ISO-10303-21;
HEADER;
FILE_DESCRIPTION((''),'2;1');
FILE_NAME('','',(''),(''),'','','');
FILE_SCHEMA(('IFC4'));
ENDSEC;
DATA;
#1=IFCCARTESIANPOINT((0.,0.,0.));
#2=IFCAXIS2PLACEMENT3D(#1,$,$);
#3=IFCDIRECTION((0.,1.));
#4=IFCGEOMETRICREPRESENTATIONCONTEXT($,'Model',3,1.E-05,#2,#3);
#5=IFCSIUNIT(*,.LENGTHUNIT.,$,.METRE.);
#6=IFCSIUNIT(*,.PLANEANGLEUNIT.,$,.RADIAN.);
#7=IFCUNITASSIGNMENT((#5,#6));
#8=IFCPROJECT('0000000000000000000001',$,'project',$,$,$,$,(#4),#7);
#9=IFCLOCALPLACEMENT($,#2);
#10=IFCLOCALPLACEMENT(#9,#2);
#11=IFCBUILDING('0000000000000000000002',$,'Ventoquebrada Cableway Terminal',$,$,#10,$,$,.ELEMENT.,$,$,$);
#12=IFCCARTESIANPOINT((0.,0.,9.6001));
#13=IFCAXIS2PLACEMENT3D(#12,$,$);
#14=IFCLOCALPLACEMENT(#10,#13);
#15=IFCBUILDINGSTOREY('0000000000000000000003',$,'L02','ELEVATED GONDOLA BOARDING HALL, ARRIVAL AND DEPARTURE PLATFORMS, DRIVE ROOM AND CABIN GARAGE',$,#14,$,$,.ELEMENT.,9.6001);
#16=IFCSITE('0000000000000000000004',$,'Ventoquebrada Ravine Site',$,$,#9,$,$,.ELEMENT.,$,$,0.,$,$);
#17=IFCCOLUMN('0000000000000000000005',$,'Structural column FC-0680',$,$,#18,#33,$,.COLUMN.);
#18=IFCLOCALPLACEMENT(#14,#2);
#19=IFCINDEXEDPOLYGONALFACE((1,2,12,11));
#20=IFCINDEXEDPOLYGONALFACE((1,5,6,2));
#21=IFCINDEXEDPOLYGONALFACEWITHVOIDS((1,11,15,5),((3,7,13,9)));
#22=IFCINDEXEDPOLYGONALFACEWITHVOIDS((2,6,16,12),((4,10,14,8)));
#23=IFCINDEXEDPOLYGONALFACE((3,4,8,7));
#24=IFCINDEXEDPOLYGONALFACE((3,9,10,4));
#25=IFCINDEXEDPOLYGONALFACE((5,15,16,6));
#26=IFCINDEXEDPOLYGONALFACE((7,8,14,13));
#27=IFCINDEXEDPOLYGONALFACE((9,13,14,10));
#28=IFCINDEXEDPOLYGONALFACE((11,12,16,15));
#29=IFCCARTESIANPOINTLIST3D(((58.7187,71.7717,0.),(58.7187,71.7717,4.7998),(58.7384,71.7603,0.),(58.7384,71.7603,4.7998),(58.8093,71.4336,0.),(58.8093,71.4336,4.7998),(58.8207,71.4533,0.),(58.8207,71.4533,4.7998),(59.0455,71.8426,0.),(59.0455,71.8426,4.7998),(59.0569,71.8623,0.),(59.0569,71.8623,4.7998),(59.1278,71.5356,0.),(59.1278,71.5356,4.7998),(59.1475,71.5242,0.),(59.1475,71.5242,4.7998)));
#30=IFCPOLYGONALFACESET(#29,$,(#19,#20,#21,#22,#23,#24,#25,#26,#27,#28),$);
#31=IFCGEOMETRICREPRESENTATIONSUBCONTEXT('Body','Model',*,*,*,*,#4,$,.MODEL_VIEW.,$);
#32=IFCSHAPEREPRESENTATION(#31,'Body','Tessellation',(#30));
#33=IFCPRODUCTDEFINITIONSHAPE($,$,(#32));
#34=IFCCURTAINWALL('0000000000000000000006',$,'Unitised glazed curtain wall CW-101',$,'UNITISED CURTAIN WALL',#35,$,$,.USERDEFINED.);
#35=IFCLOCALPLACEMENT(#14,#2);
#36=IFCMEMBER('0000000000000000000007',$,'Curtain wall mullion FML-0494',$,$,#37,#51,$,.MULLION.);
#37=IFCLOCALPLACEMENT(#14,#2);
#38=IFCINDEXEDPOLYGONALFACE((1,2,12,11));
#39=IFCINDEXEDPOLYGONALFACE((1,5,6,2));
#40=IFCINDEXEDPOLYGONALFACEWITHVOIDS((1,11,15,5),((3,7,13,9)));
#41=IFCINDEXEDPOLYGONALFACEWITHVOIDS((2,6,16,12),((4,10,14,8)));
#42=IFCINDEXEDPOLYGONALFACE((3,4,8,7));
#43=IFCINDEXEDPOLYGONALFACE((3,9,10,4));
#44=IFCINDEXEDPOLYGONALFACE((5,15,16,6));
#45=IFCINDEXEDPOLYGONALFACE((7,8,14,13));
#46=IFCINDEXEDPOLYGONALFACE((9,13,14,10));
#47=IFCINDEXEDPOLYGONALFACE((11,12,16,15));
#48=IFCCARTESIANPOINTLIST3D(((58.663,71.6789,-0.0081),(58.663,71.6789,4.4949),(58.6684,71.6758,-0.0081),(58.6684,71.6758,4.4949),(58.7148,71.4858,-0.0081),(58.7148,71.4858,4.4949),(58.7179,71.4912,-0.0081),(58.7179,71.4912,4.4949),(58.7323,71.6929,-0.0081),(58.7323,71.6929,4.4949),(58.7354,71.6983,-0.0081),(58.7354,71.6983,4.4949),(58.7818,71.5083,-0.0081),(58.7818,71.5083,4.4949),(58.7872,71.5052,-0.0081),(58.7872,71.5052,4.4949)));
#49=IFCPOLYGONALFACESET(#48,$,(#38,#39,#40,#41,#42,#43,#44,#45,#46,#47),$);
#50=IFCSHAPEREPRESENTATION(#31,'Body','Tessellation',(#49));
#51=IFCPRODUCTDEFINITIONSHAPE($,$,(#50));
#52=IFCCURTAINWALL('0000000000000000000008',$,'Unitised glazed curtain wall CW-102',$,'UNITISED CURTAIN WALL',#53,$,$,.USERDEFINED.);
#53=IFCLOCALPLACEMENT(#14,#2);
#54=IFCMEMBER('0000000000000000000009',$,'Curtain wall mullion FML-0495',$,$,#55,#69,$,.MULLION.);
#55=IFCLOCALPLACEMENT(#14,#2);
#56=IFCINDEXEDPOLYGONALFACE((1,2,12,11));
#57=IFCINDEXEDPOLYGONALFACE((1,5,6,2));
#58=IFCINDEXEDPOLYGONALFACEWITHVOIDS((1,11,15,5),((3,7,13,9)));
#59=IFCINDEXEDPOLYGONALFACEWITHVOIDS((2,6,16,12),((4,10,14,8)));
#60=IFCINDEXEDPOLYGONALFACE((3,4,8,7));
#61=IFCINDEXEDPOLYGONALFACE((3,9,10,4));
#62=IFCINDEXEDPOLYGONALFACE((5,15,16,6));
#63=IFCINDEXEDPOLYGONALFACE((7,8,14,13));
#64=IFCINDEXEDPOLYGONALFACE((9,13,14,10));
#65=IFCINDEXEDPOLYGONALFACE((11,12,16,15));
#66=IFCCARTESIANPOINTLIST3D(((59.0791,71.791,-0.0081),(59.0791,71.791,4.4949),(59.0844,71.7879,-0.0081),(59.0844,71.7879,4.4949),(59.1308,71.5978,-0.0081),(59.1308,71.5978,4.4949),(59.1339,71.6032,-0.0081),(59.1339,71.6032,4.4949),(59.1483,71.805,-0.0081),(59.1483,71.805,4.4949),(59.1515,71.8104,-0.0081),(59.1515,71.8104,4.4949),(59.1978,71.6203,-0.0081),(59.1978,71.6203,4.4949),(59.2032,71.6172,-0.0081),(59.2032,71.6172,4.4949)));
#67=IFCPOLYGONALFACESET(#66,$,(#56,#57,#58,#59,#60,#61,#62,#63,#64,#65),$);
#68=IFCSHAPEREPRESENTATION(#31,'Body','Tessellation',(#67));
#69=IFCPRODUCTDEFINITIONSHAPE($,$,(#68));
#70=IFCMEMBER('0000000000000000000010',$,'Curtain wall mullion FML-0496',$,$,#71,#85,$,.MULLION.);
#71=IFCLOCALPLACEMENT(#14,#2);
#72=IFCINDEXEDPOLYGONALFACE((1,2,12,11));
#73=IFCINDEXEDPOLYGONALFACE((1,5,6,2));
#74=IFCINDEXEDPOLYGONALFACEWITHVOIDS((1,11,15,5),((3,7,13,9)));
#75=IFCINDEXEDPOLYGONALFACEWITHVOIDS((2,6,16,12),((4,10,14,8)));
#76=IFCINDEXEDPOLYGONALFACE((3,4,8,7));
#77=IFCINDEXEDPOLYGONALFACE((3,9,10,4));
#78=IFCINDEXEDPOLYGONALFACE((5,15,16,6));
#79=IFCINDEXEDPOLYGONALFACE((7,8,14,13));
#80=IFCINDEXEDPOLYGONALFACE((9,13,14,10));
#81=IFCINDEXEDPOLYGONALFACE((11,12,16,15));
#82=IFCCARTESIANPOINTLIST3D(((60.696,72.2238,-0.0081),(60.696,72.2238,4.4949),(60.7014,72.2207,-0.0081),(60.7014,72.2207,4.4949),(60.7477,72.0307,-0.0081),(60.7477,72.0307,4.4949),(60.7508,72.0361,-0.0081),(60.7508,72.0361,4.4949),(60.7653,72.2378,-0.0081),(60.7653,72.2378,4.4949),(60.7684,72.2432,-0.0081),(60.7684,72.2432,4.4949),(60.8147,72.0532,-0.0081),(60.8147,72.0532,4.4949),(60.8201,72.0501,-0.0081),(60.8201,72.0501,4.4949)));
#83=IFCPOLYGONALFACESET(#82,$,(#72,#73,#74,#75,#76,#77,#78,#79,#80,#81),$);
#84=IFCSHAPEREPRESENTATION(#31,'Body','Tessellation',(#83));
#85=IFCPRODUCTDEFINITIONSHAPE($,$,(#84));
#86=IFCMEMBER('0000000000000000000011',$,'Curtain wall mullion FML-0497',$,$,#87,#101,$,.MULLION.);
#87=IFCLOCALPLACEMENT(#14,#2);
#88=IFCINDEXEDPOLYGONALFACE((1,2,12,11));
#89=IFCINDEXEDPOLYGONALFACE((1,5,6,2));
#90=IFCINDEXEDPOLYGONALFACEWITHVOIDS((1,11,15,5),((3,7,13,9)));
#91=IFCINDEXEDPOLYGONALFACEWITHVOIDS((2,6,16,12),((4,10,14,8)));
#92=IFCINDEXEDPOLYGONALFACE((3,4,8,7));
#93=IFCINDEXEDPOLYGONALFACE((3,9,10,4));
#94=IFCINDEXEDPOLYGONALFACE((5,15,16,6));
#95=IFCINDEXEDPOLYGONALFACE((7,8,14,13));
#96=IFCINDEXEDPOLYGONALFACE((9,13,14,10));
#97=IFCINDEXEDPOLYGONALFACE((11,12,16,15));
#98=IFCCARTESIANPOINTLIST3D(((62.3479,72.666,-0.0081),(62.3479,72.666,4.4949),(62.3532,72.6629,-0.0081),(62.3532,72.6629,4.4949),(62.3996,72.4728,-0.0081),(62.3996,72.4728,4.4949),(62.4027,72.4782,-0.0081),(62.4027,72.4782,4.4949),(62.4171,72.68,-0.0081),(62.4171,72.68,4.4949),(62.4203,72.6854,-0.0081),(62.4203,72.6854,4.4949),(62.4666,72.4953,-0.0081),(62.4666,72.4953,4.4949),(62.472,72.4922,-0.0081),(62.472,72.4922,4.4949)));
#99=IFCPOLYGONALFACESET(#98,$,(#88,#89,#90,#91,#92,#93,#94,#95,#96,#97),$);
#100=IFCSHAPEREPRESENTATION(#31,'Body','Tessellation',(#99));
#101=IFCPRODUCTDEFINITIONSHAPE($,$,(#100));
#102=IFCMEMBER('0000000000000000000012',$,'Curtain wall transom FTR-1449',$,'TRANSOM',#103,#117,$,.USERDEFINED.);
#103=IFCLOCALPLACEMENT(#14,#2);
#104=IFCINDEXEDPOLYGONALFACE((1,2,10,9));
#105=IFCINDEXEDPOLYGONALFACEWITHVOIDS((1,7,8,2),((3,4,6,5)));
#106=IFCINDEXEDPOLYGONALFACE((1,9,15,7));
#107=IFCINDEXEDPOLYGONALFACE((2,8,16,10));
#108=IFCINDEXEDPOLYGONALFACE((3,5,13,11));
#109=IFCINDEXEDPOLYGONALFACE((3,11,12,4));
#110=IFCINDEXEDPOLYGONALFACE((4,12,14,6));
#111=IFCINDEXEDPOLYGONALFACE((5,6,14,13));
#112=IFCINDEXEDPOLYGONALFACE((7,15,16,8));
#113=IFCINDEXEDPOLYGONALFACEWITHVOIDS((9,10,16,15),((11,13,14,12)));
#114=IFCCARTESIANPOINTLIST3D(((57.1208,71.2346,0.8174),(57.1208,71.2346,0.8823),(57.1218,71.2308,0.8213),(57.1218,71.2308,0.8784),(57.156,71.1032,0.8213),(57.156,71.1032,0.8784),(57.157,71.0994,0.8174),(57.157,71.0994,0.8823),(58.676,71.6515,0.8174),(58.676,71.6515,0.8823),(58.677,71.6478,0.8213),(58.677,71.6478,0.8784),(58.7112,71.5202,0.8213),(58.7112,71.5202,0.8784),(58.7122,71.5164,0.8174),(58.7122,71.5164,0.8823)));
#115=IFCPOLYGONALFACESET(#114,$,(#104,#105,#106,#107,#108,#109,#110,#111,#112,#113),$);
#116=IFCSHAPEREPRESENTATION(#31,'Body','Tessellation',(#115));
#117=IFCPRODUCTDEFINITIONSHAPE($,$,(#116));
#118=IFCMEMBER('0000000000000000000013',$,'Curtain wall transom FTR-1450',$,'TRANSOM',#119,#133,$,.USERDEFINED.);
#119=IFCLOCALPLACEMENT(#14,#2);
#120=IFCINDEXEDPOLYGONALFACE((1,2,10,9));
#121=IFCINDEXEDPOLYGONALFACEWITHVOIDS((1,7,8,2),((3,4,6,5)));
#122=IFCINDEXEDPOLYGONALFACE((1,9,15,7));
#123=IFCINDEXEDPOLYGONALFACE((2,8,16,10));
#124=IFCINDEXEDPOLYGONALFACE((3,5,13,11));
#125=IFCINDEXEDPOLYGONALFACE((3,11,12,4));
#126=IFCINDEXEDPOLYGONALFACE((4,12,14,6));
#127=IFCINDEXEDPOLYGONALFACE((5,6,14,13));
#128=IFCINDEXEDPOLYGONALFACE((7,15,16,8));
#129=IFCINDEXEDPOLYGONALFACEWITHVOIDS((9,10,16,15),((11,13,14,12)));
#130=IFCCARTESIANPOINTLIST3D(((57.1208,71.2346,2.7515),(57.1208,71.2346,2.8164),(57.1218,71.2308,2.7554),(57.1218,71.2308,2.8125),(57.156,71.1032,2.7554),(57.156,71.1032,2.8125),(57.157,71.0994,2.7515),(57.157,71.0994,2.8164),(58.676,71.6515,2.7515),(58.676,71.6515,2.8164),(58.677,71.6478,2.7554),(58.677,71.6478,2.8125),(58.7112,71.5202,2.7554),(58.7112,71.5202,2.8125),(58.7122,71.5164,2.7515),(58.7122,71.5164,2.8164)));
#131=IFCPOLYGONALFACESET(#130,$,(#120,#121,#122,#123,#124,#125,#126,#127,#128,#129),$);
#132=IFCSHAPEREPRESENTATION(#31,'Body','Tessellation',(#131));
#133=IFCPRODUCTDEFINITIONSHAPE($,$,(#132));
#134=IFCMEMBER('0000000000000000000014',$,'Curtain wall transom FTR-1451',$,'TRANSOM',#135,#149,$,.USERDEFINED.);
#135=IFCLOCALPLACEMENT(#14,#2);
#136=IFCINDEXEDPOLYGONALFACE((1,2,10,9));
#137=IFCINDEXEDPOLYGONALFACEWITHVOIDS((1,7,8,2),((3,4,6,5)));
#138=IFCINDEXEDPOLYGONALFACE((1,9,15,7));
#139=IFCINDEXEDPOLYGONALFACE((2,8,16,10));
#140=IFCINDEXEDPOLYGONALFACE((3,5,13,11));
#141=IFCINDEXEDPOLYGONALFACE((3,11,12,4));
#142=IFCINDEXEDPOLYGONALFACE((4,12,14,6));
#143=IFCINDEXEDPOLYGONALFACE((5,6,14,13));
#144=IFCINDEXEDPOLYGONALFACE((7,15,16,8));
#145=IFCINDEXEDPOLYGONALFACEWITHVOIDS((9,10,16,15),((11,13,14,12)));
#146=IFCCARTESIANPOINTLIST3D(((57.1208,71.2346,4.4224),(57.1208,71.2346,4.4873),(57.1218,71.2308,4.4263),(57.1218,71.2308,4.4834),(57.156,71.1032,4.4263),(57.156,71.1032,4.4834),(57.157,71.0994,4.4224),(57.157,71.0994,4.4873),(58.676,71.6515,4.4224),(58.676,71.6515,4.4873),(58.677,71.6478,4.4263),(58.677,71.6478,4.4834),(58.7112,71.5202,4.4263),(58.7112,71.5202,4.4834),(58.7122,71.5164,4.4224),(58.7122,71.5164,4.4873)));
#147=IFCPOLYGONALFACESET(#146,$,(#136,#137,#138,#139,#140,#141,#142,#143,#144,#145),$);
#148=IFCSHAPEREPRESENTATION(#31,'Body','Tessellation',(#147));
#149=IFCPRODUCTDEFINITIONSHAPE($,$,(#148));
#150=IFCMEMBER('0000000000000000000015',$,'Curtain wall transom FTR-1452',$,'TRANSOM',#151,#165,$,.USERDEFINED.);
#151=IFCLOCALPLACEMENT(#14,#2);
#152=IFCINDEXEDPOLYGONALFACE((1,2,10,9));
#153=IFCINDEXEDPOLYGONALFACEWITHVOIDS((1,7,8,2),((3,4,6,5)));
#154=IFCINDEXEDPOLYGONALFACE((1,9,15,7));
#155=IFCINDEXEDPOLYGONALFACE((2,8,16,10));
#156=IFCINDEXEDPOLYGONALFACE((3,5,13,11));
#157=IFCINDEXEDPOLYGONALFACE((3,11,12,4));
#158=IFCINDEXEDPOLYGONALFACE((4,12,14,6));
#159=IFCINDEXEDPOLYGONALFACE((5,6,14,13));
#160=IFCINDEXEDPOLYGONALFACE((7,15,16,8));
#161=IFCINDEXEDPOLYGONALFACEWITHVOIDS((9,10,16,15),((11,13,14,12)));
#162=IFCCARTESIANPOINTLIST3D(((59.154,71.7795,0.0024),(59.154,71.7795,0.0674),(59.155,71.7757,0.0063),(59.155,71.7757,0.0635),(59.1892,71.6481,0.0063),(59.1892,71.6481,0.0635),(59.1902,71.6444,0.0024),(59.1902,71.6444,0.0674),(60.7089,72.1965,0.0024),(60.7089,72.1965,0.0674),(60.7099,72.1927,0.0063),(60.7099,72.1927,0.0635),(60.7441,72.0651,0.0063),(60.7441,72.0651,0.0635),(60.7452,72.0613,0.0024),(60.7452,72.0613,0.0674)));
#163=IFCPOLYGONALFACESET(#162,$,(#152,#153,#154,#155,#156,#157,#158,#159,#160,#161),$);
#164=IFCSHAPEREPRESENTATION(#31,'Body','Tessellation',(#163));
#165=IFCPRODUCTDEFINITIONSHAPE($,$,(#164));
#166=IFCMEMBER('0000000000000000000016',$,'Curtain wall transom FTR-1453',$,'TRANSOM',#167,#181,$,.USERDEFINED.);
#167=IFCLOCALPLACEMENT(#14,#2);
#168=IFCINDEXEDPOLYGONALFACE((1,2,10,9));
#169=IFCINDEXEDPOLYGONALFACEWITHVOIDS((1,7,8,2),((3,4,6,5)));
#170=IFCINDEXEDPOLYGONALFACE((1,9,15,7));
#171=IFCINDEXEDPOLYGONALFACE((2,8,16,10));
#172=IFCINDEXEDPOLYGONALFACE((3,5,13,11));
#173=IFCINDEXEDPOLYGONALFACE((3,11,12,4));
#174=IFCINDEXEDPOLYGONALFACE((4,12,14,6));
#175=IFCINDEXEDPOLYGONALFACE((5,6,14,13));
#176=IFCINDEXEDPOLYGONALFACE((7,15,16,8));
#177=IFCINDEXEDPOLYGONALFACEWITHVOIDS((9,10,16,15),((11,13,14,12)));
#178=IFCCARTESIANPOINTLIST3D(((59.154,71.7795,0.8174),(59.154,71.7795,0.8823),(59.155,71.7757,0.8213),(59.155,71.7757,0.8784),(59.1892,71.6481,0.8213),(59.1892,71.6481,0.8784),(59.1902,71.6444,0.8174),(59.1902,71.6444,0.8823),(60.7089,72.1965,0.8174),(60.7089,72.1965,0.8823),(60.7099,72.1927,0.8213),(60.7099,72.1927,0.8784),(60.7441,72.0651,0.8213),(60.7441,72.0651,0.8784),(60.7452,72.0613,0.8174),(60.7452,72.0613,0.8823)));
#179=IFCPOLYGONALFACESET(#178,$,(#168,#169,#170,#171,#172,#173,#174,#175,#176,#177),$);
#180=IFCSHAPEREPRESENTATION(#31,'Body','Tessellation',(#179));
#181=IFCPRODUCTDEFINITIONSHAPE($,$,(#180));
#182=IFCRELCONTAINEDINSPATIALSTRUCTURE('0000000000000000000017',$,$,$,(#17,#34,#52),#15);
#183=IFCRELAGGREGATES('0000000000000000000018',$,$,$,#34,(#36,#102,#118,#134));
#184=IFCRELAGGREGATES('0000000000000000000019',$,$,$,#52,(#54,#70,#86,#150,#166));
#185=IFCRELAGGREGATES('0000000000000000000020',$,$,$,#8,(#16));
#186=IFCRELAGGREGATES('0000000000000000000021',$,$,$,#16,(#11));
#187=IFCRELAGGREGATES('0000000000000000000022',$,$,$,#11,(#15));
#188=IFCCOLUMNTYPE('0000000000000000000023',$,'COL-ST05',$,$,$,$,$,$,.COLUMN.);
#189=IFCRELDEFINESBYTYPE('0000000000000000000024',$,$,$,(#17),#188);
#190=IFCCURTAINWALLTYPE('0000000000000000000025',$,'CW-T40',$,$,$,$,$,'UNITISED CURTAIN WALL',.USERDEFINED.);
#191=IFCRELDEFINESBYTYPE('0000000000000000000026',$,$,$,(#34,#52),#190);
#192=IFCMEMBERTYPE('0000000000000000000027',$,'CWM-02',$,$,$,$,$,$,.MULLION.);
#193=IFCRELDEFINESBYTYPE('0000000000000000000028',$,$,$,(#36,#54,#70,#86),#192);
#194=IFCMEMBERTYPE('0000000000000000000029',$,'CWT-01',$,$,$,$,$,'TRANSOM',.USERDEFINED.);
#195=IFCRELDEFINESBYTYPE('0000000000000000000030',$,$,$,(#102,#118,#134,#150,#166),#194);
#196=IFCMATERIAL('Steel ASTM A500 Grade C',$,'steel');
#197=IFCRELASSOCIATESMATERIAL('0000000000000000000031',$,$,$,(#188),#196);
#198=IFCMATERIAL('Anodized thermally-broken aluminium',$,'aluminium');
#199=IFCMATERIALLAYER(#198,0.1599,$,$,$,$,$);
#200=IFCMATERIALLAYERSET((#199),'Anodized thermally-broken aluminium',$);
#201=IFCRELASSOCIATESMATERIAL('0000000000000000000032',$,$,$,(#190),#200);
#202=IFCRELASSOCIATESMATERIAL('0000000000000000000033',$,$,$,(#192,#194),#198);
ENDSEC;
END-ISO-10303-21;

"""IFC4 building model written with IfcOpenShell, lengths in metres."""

from ifc_helpers import new_model, si_unit, direction, frame, origin, origin_2d, place, context, subcontext, project, spatial, hollow_rectangle, extrude, material, layer, layer_set, material_profile, profile_set, type_object, element, aggregate, save


model = new_model("IFC4")

# Units and contexts
model_context = context("Model", 3, precision=1e-05, world=origin(), true_north=direction((0.0, 1.0)))
body_context = subcontext(model_context, "Body", "Model", "MODEL_VIEW")
ifc_project = project(units=[si_unit("LENGTHUNIT", "METRE"), si_unit("PLANEANGLEUNIT", "RADIAN")], contexts=[model_context])

# Site, building, storey
site_placement = place(None, origin())
site = spatial("IfcSite", under=ifc_project, at=site_placement, Name="Ventoquebrada Ravine Site", CompositionType="ELEMENT", RefElevation=0.0)
building_placement = place(site_placement, origin())
building = spatial("IfcBuilding", under=site, at=building_placement, Name="Ventoquebrada Cableway Terminal", CompositionType="ELEMENT")
storey_placement = place(building_placement, frame((0.0, 0.0, 9.6001)))
storey = spatial("IfcBuildingStorey", under=building, at=storey_placement, Name="L02", Description="ELEVATED GONDOLA BOARDING HALL, ARRIVAL AND DEPARTURE PLATFORMS, DRIVE ROOM AND CABIN GARAGE", CompositionType="ELEMENT", Elevation=9.6001)

# Column
ifc_material_1 = material(Name="Steel ASTM A500 Grade C", Category="steel")
ifc_material_profile_1 = material_profile(ifc_material_1, hollow_rectangle(XDim=0.3501, YDim=0.3501, WallThickness=0.0161, at=origin_2d()), Name="HSS350X350X16")
ifc_profile_set_1 = profile_set([ifc_material_profile_1], Name="Steel ASTM A500 Grade C")
column_type = type_object("IfcColumnType", Name="COL-ST05", PredefinedType="COLUMN", material=ifc_profile_set_1)
column_placement = place(storey_placement, frame((58.9331, 71.6479, 0.0), z_axis=(0.0, 0.0, 1.0), x_axis=(0.965926, 0.258819, 0.0)))
element("IfcColumn", 1, at=column_placement, inside=storey, type_object=column_type, Name="Structural column FC-0680", PredefinedType="COLUMN", context=body_context, shape_type="SweptSolid", body=[
    extrude(hollow_rectangle(XDim=0.3501, YDim=0.3501, WallThickness=0.0161, at=origin_2d()), origin(), (0.0, 0.0, 1.0), 4.7998),
])

# Curtain wall, member
ifc_material_2 = material(Name="Anodized thermally-broken aluminium", Category="aluminium")
ifc_layer_1 = layer(ifc_material_2, 0.1599)
ifc_layer_set_1 = layer_set([ifc_layer_1], Name="Anodized thermally-broken aluminium")
curtain_wall_type = type_object("IfcCurtainWallType", Name="CW-T40", ElementType="UNITISED CURTAIN WALL", PredefinedType="USERDEFINED", material=ifc_layer_set_1)
curtain_wall_1_placement = place(storey_placement, origin())
curtain_wall_1 = element("IfcCurtainWall", 2, at=curtain_wall_1_placement, inside=storey, type_object=curtain_wall_type, Name="Unitised glazed curtain wall CW-101", ObjectType="UNITISED CURTAIN WALL", PredefinedType="USERDEFINED")
ifc_material_profile_2 = material_profile(ifc_material_2, hollow_rectangle(XDim=0.075, YDim=0.2, WallThickness=0.0044, at=origin_2d()), Name="CW-MUL-75X200")
ifc_profile_set_2 = profile_set([ifc_material_profile_2], Name="Anodized thermally-broken aluminium")
member_type_1 = type_object("IfcMemberType", Name="CWM-02", PredefinedType="MULLION", material=ifc_profile_set_2)
member_1_placement = place(storey_placement, frame((58.7251, 71.592, -0.0081), z_axis=(0.0, 0.0, 1.0), x_axis=(0.965939, 0.258768, 0.0)))
member_1 = element("IfcMember", 3, at=member_1_placement, type_object=member_type_1, Name="Curtain wall mullion FML-0494", PredefinedType="MULLION", context=body_context, shape_type="SweptSolid", body=[
    extrude(hollow_rectangle(XDim=0.075, YDim=0.2, WallThickness=0.0044, at=origin_2d()), origin(), (0.0, 0.0, 1.0), 4.5029),
])

# Curtain wall, members
curtain_wall_2_placement = place(storey_placement, origin())
curtain_wall_2 = element("IfcCurtainWall", 4, at=curtain_wall_2_placement, inside=storey, type_object=curtain_wall_type, Name="Unitised glazed curtain wall CW-102", ObjectType="UNITISED CURTAIN WALL", PredefinedType="USERDEFINED")
member_2_placement = place(storey_placement, frame((59.1411, 71.7041, -0.0081), z_axis=(0.0, 0.0, 1.0), x_axis=(0.965966, 0.258667, 0.0)))
member_2 = element("IfcMember", 5, at=member_2_placement, type_object=member_type_1, Name="Curtain wall mullion FML-0495", PredefinedType="MULLION", context=body_context, shape_type="SweptSolid", body=[
    extrude(hollow_rectangle(XDim=0.075, YDim=0.2, WallThickness=0.0044, at=origin_2d()), origin(), (0.0, 0.0, 1.0), 4.5029),
])
member_3_placement = place(storey_placement, frame((60.7581, 72.137, -0.0081), z_axis=(0.0, 0.0, 1.0), x_axis=(0.965966, 0.258667, 0.0)))
member_3 = element("IfcMember", 6, at=member_3_placement, type_object=member_type_1, Name="Curtain wall mullion FML-0496", PredefinedType="MULLION", context=body_context, shape_type="SweptSolid", body=[
    extrude(hollow_rectangle(XDim=0.075, YDim=0.2, WallThickness=0.0044, at=origin_2d()), origin(), (0.0, 0.0, 1.0), 4.5029),
])
member_4_placement = place(storey_placement, frame((62.4099, 72.5791, -0.0081), z_axis=(0.0, 0.0, 1.0), x_axis=(0.965966, 0.258667, 0.0)))
member_4 = element("IfcMember", 7, at=member_4_placement, type_object=member_type_1, Name="Curtain wall mullion FML-0497", PredefinedType="MULLION", context=body_context, shape_type="SweptSolid", body=[
    extrude(hollow_rectangle(XDim=0.075, YDim=0.2, WallThickness=0.0044, at=origin_2d()), origin(), (0.0, 0.0, 1.0), 4.5029),
])

# Members
ifc_material_profile_3 = material_profile(ifc_material_2, hollow_rectangle(XDim=0.0649, YDim=0.1399, WallThickness=0.0039, at=origin_2d()), Name="CW-TRN-65X140")
ifc_profile_set_3 = profile_set([ifc_material_profile_3], Name="Anodized thermally-broken aluminium")
member_type_2 = type_object("IfcMemberType", Name="CWT-01", ElementType="TRANSOM", PredefinedType="USERDEFINED", material=ifc_profile_set_3)
member_5_placement = place(storey_placement, frame((57.1389, 71.167, 0.8499), z_axis=(0.965882, 0.258984, 0.0), x_axis=(0.0, 0.0, 1.0)))
member_5 = element("IfcMember", 8, at=member_5_placement, type_object=member_type_2, Name="Curtain wall transom FTR-1449", ObjectType="TRANSOM", PredefinedType="USERDEFINED", context=body_context, shape_type="SweptSolid", body=[
    extrude(hollow_rectangle(XDim=0.0649, YDim=0.1399, WallThickness=0.0039, at=origin_2d()), origin(), (0.0, 0.0, 1.0), 1.6101),
])
member_6_placement = place(storey_placement, frame((57.1389, 71.167, 2.7839), z_axis=(0.965882, 0.258984, 0.0), x_axis=(0.0, 0.0, 1.0)))
member_6 = element("IfcMember", 9, at=member_6_placement, type_object=member_type_2, Name="Curtain wall transom FTR-1450", ObjectType="TRANSOM", PredefinedType="USERDEFINED", context=body_context, shape_type="SweptSolid", body=[
    extrude(hollow_rectangle(XDim=0.0649, YDim=0.1399, WallThickness=0.0039, at=origin_2d()), origin(), (0.0, 0.0, 1.0), 1.6101),
])
member_7_placement = place(storey_placement, frame((57.1389, 71.167, 4.4548), z_axis=(0.965882, 0.258984, 0.0), x_axis=(0.0, 0.0, 1.0)))
member_7 = element("IfcMember", 10, at=member_7_placement, type_object=member_type_2, Name="Curtain wall transom FTR-1451", ObjectType="TRANSOM", PredefinedType="USERDEFINED", context=body_context, shape_type="SweptSolid", body=[
    extrude(hollow_rectangle(XDim=0.0649, YDim=0.1399, WallThickness=0.0039, at=origin_2d()), origin(), (0.0, 0.0, 1.0), 1.6101),
])
member_8_placement = place(storey_placement, frame((59.1721, 71.7119, 0.0349), z_axis=(0.965872, 0.259022, 0.0), x_axis=(0.0, 0.0, 1.0)))
member_8 = element("IfcMember", 11, at=member_8_placement, type_object=member_type_2, Name="Curtain wall transom FTR-1452", ObjectType="TRANSOM", PredefinedType="USERDEFINED", context=body_context, shape_type="SweptSolid", body=[
    extrude(hollow_rectangle(XDim=0.0649, YDim=0.1399, WallThickness=0.0039, at=origin_2d()), origin(), (0.0, 0.0, 1.0), 1.6099),
])
member_9_placement = place(storey_placement, frame((59.1721, 71.7119, 0.8499), z_axis=(0.965872, 0.259022, 0.0), x_axis=(0.0, 0.0, 1.0)))
member_9 = element("IfcMember", 12, at=member_9_placement, type_object=member_type_2, Name="Curtain wall transom FTR-1453", ObjectType="TRANSOM", PredefinedType="USERDEFINED", context=body_context, shape_type="SweptSolid", body=[
    extrude(hollow_rectangle(XDim=0.0649, YDim=0.1399, WallThickness=0.0039, at=origin_2d()), origin(), (0.0, 0.0, 1.0), 1.6099),
])

aggregate(curtain_wall_1, [member_1, member_5, member_6, member_7])
aggregate(curtain_wall_2, [member_2, member_3, member_4, member_8, member_9])

save(model, "model.ifc")
